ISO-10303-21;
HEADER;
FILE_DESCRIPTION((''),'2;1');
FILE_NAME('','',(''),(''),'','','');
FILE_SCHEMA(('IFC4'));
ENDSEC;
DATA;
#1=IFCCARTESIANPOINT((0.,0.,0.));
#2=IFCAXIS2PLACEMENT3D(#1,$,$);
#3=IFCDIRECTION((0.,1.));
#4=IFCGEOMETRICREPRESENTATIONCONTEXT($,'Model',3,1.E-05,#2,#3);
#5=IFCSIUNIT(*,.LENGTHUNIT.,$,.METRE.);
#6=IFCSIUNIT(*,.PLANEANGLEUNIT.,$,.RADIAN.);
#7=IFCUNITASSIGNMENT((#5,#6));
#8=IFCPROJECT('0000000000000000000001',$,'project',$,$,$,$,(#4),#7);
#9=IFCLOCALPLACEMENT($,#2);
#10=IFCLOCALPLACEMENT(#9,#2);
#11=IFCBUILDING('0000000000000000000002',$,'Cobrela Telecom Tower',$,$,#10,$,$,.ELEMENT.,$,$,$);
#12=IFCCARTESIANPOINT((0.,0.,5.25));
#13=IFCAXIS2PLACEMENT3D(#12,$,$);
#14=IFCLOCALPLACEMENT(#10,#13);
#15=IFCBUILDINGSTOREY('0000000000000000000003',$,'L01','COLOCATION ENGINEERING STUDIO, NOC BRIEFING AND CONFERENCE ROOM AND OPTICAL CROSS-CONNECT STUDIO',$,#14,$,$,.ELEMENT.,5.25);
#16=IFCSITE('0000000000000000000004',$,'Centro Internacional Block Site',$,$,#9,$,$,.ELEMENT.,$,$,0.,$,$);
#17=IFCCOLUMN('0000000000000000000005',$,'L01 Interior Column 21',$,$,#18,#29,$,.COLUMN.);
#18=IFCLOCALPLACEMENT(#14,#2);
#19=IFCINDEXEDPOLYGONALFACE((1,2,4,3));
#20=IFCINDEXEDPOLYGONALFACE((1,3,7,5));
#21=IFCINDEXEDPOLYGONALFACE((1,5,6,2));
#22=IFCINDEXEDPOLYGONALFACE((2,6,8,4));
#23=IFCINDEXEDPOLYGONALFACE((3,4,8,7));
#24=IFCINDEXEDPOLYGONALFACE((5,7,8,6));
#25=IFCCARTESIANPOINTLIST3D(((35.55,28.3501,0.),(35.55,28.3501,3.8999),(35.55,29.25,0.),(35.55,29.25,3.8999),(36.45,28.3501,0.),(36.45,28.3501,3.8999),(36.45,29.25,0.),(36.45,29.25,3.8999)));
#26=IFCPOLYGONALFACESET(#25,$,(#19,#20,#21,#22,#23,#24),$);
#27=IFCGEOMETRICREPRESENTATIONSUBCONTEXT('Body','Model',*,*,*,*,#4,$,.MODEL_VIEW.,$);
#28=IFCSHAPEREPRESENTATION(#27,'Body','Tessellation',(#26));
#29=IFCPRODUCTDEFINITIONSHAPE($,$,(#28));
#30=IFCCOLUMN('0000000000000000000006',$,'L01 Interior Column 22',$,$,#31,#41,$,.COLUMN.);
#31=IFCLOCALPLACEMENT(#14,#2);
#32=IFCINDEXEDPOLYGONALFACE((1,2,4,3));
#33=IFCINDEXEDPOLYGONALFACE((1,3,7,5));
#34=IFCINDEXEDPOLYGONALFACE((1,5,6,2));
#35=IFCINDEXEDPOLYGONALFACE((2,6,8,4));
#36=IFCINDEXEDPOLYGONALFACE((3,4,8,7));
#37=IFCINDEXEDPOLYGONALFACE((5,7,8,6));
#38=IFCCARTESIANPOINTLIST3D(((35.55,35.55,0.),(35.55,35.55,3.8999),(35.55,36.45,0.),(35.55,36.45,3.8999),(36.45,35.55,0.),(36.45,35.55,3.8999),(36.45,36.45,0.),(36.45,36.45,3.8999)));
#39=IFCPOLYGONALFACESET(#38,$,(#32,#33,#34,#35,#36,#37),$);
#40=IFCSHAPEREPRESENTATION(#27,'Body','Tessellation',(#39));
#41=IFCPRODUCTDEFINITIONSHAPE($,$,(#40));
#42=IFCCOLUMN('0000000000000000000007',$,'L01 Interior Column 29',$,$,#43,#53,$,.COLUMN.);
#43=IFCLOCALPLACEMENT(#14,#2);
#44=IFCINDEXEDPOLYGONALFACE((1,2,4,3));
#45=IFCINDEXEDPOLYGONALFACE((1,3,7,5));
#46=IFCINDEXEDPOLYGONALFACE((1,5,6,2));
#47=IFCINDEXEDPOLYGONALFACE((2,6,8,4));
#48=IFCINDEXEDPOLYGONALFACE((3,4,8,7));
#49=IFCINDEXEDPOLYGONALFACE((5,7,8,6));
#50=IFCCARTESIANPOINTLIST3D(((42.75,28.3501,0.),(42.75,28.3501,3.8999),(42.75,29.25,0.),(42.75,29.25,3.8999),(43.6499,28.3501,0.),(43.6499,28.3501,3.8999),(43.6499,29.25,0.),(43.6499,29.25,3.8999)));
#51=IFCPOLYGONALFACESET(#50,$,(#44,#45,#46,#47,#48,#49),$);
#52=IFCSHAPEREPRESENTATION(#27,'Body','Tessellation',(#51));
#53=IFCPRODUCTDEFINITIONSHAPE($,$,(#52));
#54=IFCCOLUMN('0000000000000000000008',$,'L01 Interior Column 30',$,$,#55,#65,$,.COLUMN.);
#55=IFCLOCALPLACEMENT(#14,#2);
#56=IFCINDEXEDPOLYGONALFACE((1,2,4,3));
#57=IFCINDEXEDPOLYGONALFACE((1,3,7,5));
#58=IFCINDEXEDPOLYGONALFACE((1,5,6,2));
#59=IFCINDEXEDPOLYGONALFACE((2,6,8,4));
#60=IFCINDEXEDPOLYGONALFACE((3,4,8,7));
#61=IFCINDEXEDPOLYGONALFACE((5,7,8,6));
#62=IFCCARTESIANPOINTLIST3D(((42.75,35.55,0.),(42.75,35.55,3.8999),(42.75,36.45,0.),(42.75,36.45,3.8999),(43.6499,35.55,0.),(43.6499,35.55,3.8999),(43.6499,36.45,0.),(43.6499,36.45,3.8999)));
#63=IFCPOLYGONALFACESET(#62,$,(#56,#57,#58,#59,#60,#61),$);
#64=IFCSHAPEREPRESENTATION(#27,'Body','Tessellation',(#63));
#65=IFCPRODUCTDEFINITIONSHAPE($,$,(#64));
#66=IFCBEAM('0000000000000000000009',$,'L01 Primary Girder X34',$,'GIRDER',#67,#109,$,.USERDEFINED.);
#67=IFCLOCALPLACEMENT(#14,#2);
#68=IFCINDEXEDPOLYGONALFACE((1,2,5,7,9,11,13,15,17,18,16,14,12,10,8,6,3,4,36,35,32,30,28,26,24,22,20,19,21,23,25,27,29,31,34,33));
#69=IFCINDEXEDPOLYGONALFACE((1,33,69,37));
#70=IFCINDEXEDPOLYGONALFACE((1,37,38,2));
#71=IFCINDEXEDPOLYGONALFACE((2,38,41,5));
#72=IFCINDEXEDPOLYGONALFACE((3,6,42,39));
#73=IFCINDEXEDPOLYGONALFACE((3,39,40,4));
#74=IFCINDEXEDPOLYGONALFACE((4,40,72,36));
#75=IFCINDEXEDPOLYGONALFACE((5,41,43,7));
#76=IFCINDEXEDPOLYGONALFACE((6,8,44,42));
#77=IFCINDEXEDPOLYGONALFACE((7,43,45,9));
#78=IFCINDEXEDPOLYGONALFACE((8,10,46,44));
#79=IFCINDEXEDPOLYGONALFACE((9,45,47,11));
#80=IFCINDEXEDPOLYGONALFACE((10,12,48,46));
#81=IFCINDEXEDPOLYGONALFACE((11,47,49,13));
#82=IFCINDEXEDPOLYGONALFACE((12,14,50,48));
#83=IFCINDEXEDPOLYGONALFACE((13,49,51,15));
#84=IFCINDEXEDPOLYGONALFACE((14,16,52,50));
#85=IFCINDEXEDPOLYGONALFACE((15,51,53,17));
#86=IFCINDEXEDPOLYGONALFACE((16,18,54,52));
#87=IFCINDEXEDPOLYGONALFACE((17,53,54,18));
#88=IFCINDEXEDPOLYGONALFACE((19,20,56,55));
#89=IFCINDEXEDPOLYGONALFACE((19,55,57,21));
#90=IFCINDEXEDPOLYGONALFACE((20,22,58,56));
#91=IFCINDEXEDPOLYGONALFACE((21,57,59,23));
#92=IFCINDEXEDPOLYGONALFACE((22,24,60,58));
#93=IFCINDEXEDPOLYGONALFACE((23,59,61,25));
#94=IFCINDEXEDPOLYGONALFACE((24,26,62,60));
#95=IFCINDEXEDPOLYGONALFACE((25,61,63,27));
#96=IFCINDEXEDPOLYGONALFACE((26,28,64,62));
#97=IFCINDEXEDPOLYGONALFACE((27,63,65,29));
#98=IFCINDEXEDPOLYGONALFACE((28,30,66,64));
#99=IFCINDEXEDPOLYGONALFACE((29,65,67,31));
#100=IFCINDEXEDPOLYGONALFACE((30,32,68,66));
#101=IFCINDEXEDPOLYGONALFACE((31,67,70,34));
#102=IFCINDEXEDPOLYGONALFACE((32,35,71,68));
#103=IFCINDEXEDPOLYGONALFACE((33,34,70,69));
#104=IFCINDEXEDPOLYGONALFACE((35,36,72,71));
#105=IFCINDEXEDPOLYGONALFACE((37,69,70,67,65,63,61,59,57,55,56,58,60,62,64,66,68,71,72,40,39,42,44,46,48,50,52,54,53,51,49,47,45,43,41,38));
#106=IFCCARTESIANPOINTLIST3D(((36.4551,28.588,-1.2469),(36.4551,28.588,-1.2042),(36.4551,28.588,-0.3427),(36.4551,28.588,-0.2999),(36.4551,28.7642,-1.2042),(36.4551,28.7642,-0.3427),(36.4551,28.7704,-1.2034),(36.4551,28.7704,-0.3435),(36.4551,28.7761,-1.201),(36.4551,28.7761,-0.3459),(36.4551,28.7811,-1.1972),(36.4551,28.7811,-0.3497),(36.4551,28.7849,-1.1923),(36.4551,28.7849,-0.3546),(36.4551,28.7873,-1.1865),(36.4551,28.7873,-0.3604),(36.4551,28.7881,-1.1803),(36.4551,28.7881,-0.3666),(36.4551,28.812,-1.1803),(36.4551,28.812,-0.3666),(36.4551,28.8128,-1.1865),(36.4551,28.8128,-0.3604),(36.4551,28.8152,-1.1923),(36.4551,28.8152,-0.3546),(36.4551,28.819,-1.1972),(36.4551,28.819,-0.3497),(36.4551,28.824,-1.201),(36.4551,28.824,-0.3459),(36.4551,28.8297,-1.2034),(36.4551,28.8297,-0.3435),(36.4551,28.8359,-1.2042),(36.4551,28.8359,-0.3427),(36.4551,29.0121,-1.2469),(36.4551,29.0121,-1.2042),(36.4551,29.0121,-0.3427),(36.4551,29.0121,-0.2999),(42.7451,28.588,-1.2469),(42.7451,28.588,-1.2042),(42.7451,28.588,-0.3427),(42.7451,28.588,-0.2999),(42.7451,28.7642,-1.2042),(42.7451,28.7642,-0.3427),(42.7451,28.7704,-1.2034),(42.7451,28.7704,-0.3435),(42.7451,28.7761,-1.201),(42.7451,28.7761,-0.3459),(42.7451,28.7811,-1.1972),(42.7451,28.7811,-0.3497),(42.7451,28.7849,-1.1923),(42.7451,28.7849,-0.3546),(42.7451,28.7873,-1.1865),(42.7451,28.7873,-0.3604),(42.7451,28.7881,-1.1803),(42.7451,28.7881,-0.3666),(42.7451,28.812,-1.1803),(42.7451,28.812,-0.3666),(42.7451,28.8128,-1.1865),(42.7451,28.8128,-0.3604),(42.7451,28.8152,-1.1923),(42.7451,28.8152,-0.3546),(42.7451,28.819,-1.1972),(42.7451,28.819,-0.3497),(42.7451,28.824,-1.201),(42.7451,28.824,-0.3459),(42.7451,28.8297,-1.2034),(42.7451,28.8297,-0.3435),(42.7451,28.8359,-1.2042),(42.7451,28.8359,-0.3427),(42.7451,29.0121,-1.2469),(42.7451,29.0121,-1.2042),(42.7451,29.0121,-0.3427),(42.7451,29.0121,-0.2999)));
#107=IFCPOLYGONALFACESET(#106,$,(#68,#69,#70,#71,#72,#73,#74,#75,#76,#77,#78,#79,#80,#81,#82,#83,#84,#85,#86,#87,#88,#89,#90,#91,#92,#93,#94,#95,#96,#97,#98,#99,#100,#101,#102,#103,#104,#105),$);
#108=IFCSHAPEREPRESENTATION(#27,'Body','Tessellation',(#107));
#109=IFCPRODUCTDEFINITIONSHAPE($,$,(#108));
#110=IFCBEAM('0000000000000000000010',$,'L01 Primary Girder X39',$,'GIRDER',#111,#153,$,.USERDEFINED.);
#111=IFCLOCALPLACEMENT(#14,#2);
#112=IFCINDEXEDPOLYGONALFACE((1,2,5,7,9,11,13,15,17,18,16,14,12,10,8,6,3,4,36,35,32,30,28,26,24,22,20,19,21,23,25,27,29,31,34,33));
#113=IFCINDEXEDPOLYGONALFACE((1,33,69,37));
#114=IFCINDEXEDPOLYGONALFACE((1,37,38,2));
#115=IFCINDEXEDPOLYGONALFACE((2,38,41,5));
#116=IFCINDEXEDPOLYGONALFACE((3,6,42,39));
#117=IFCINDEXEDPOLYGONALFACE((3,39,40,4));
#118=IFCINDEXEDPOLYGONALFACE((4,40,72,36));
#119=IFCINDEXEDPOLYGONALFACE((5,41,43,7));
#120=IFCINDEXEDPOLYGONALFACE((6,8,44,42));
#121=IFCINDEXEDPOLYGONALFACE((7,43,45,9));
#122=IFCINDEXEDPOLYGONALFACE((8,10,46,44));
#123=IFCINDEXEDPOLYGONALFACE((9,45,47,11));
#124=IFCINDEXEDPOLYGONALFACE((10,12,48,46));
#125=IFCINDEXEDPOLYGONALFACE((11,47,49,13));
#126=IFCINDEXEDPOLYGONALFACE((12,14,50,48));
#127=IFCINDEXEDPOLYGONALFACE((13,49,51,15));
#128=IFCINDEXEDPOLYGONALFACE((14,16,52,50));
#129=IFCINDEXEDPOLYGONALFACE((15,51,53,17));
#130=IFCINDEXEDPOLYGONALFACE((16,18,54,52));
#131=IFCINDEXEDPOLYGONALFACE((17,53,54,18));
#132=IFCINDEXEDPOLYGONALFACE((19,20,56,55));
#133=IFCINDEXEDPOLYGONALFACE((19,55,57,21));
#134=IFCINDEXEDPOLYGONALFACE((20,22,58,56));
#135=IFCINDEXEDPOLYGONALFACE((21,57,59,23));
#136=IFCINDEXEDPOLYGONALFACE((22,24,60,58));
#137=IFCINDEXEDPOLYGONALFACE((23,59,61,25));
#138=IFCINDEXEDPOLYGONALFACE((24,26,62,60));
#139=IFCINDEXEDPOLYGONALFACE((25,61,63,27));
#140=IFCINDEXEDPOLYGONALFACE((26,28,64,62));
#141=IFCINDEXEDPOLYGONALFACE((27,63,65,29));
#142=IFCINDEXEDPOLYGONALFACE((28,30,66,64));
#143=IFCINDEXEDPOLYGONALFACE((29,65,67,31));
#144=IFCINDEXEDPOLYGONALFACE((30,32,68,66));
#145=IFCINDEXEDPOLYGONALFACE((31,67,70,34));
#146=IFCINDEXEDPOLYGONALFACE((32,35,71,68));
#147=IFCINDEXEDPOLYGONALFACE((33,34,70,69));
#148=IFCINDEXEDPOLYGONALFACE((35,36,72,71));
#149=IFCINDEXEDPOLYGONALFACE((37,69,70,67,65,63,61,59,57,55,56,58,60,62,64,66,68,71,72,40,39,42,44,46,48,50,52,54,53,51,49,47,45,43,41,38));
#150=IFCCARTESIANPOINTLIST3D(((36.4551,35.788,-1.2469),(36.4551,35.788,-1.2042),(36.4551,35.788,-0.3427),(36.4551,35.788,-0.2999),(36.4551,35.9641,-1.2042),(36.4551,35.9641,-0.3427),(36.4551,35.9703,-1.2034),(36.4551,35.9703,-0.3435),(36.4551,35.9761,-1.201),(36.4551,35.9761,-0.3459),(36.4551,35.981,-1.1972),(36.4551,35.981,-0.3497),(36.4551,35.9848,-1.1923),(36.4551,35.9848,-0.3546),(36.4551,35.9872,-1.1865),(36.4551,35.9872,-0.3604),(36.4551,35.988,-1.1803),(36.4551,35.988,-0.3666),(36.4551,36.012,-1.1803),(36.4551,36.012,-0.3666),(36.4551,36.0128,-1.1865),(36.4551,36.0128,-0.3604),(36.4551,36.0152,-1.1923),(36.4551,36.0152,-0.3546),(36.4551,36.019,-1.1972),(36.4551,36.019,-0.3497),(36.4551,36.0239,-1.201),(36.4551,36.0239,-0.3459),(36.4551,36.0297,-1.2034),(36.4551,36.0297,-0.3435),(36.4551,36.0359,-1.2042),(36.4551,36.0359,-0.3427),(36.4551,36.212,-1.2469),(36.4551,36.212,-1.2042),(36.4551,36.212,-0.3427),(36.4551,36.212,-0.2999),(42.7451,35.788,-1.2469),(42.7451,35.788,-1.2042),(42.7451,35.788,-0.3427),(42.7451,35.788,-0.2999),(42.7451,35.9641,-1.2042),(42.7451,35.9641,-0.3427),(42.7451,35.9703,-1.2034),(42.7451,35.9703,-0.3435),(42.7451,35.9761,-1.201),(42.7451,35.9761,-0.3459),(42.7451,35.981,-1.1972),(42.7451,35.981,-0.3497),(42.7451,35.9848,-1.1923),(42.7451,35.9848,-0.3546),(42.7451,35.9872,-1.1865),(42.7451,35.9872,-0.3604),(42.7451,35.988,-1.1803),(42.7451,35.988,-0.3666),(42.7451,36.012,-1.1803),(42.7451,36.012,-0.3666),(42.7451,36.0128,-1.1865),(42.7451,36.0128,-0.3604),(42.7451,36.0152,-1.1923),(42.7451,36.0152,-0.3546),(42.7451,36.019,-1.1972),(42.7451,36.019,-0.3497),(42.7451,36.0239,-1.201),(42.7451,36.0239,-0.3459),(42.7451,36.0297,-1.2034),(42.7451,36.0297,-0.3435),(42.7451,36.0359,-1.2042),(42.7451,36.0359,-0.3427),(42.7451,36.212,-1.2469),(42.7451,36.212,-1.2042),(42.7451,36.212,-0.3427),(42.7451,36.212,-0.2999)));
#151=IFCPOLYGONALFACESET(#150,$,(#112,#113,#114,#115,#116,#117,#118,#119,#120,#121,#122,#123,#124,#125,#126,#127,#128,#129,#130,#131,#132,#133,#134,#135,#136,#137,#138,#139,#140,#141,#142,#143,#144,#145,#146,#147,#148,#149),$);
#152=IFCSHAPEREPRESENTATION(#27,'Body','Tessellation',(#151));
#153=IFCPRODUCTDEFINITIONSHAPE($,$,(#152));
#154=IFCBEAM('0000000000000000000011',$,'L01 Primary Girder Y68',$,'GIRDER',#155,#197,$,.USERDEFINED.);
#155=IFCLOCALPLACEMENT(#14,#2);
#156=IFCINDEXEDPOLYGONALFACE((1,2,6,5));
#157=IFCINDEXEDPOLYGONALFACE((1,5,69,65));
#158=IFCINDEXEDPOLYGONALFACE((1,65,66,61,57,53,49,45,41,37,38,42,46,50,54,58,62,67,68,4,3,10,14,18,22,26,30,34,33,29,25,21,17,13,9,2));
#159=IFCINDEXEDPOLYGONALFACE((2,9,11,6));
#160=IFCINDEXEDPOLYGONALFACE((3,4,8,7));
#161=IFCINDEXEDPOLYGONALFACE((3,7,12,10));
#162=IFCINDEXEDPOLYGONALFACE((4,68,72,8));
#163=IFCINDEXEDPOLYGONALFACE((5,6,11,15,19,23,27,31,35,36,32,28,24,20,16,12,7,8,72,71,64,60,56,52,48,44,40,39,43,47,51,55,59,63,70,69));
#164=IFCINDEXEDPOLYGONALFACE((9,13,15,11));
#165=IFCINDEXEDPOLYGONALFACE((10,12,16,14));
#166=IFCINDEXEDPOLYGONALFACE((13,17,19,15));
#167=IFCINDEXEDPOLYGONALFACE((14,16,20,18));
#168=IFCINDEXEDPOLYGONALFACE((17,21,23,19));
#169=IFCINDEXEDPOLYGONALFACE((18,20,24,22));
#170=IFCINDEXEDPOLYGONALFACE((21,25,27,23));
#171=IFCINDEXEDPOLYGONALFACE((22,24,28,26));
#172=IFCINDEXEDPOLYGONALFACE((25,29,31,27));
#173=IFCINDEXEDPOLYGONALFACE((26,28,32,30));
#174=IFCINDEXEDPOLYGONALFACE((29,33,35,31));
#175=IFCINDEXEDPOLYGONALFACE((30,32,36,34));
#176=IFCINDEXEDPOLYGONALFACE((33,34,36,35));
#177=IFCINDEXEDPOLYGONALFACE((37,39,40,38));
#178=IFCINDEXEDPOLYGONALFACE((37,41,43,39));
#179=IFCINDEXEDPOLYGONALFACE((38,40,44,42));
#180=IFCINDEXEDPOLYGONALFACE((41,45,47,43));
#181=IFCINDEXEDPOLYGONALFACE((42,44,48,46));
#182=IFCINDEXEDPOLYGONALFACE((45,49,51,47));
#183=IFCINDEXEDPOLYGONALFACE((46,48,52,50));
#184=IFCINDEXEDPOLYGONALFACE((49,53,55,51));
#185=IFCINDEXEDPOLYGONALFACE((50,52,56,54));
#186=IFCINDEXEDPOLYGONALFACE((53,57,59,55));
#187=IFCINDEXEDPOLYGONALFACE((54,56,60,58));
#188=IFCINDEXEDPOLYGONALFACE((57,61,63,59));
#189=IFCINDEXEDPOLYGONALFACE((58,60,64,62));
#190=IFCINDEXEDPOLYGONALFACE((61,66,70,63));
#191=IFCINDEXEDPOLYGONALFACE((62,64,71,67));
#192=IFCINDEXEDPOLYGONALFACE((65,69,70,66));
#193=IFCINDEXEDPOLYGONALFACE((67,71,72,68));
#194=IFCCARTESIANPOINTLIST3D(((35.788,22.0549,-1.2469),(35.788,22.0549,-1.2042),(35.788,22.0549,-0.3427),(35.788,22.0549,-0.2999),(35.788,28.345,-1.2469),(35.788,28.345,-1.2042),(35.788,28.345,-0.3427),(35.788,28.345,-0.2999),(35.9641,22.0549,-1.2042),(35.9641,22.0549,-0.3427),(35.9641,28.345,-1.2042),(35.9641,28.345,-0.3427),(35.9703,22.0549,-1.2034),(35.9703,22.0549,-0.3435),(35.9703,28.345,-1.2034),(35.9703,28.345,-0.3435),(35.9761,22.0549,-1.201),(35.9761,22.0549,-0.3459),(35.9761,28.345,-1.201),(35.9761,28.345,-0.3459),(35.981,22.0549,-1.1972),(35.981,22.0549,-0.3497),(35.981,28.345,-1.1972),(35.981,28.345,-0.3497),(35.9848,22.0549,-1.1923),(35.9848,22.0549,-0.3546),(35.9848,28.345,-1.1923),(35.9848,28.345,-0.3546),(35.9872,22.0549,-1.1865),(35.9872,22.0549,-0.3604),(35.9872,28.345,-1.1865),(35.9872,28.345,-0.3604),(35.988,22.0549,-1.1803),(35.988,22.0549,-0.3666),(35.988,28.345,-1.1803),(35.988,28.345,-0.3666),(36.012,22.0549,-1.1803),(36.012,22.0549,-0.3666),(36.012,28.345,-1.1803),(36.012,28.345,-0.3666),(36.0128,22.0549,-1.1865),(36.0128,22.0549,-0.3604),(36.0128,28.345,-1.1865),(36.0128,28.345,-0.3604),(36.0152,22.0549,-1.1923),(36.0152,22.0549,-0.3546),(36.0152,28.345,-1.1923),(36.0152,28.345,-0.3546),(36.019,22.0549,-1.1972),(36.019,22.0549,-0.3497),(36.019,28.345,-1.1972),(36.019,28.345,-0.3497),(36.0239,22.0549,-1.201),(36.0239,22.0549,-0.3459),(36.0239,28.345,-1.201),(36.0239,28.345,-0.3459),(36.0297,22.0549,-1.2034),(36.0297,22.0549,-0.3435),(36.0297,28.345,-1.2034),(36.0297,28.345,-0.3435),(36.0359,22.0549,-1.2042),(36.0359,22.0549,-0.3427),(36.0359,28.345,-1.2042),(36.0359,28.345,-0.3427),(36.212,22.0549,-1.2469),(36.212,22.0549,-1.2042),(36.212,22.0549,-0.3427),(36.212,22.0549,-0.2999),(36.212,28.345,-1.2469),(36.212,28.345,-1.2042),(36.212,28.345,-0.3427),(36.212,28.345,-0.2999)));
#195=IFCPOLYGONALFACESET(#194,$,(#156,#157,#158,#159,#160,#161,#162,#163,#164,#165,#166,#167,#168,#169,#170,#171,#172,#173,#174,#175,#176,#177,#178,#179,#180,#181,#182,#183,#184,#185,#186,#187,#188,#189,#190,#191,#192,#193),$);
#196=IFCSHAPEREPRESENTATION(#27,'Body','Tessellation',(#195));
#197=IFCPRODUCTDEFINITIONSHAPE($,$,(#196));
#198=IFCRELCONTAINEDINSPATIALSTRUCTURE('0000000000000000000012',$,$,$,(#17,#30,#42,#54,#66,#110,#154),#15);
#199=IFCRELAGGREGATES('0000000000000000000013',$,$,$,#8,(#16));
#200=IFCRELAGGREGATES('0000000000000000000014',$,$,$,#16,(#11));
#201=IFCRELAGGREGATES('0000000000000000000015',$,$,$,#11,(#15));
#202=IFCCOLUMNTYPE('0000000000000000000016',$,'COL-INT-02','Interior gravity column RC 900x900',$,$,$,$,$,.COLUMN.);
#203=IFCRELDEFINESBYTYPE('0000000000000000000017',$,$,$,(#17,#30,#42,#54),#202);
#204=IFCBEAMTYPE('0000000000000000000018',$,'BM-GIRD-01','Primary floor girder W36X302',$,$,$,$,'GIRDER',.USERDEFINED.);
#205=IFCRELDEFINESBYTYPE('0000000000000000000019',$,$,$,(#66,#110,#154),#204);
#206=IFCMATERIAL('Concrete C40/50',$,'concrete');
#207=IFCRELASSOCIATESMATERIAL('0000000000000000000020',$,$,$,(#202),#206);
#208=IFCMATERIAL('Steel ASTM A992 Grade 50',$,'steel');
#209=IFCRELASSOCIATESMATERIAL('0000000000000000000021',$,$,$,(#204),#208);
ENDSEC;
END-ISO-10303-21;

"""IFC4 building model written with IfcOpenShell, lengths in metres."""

from ifc_helpers import new_model, si_unit, direction, frame, origin, origin_2d, place, context, subcontext, project, spatial, rectangle, i_section, extrude, material, material_profile, profile_set, type_object, element, save


model = new_model("IFC4")

# Units and contexts
model_context = context("Model", 3, precision=1e-05, world=origin(), true_north=direction((0.0, 1.0)))
body_context = subcontext(model_context, "Body", "Model", "MODEL_VIEW")
ifc_project = project(units=[si_unit("LENGTHUNIT", "METRE"), si_unit("PLANEANGLEUNIT", "RADIAN")], contexts=[model_context])

# Site, building, storey
site_placement = place(None, origin())
site = spatial("IfcSite", under=ifc_project, at=site_placement, Name="Centro Internacional Block Site", CompositionType="ELEMENT", RefElevation=0.0)
building_placement = place(site_placement, origin())
building = spatial("IfcBuilding", under=site, at=building_placement, Name="Cobrela Telecom Tower", CompositionType="ELEMENT")
storey_placement = place(building_placement, frame((0.0, 0.0, 5.25)))
storey = spatial("IfcBuildingStorey", under=building, at=storey_placement, Name="L01", Description="COLOCATION ENGINEERING STUDIO, NOC BRIEFING AND CONFERENCE ROOM AND OPTICAL CROSS-CONNECT STUDIO", CompositionType="ELEMENT", Elevation=5.25)

# Columns
ifc_material_1 = material(Name="Concrete C40/50", Category="concrete")
ifc_material_profile_1 = material_profile(ifc_material_1, rectangle(XDim=0.8999, YDim=0.8999, at=origin_2d()), Name="RC 900x900")
ifc_profile_set_1 = profile_set([ifc_material_profile_1], Name="Concrete C40/50")
column_type = type_object("IfcColumnType", Name="COL-INT-02", Description="Interior gravity column RC 900x900", PredefinedType="COLUMN", material=ifc_profile_set_1)
for number, where, z_axis, x_axis, name in (
    (1, (36.0, 28.8, 0.0), (0.0, 0.0, 1.0), (1.0, 0.0, 0.0), "L01 Interior Column 21"),
    (2, (36.0, 36.0, 0.0), (0.0, 0.0, 1.0), (1.0, 0.0, 0.0), "L01 Interior Column 22"),
    (3, (43.2, 28.8, 0.0), (0.0, 0.0, 1.0), (1.0, 0.0, 0.0), "L01 Interior Column 29"),
    (4, (43.2, 36.0, 0.0), (0.0, 0.0, 1.0), (1.0, 0.0, 0.0), "L01 Interior Column 30"),
):
    element("IfcColumn", number, at=place(storey_placement, frame(where, z_axis=z_axis, x_axis=x_axis)), inside=storey, type_object=column_type, Name=name, PredefinedType="COLUMN", context=body_context, shape_type="SweptSolid", body=[
        extrude(rectangle(XDim=0.8999, YDim=0.8999, at=origin_2d()), origin(), (0.0, 0.0, 1.0), 3.8999),
    ])

# Beams
ifc_material_2 = material(Name="Steel ASTM A992 Grade 50", Category="steel")
ifc_material_profile_2 = material_profile(ifc_material_2, i_section(OverallWidth=0.4241, OverallDepth=0.947, WebThickness=0.0239, FlangeThickness=0.0427, FilletRadius=0.0239, at=origin_2d()), Name="W36X302")
ifc_profile_set_2 = profile_set([ifc_material_profile_2], Name="Steel ASTM A992 Grade 50")
beam_type_1 = type_object("IfcBeamType", Name="BM-GIRD-01", Description="Primary floor girder W36X302", ElementType="GIRDER", PredefinedType="USERDEFINED", material=ifc_profile_set_2)
for number, where, z_axis, x_axis, name in (
    (5, (36.4551, 28.8, -0.7734), (1.0, 0.0, 0.0), (0.0, 1.0, 0.0), "L01 Primary Girder X34"),
    (6, (36.4551, 36.0, -0.7734), (1.0, 0.0, 0.0), (0.0, 1.0, 0.0), "L01 Primary Girder X39"),
    (7, (36.0, 22.0549, -0.7734), (0.0, 1.0, 0.0), (-1.0, 0.0, 0.0), "L01 Primary Girder Y68"),
):
    element("IfcBeam", number, at=place(storey_placement, frame(where, z_axis=z_axis, x_axis=x_axis)), inside=storey, type_object=beam_type_1, Name=name, ObjectType="GIRDER", PredefinedType="USERDEFINED", context=body_context, shape_type="SweptSolid", body=[
        extrude(i_section(OverallWidth=0.4241, OverallDepth=0.947, WebThickness=0.0239, FlangeThickness=0.0427, FilletRadius=0.0239, at=origin_2d()), origin(), (0.0, 0.0, 1.0), 6.29),
    ])

save(model, "model.ifc")
